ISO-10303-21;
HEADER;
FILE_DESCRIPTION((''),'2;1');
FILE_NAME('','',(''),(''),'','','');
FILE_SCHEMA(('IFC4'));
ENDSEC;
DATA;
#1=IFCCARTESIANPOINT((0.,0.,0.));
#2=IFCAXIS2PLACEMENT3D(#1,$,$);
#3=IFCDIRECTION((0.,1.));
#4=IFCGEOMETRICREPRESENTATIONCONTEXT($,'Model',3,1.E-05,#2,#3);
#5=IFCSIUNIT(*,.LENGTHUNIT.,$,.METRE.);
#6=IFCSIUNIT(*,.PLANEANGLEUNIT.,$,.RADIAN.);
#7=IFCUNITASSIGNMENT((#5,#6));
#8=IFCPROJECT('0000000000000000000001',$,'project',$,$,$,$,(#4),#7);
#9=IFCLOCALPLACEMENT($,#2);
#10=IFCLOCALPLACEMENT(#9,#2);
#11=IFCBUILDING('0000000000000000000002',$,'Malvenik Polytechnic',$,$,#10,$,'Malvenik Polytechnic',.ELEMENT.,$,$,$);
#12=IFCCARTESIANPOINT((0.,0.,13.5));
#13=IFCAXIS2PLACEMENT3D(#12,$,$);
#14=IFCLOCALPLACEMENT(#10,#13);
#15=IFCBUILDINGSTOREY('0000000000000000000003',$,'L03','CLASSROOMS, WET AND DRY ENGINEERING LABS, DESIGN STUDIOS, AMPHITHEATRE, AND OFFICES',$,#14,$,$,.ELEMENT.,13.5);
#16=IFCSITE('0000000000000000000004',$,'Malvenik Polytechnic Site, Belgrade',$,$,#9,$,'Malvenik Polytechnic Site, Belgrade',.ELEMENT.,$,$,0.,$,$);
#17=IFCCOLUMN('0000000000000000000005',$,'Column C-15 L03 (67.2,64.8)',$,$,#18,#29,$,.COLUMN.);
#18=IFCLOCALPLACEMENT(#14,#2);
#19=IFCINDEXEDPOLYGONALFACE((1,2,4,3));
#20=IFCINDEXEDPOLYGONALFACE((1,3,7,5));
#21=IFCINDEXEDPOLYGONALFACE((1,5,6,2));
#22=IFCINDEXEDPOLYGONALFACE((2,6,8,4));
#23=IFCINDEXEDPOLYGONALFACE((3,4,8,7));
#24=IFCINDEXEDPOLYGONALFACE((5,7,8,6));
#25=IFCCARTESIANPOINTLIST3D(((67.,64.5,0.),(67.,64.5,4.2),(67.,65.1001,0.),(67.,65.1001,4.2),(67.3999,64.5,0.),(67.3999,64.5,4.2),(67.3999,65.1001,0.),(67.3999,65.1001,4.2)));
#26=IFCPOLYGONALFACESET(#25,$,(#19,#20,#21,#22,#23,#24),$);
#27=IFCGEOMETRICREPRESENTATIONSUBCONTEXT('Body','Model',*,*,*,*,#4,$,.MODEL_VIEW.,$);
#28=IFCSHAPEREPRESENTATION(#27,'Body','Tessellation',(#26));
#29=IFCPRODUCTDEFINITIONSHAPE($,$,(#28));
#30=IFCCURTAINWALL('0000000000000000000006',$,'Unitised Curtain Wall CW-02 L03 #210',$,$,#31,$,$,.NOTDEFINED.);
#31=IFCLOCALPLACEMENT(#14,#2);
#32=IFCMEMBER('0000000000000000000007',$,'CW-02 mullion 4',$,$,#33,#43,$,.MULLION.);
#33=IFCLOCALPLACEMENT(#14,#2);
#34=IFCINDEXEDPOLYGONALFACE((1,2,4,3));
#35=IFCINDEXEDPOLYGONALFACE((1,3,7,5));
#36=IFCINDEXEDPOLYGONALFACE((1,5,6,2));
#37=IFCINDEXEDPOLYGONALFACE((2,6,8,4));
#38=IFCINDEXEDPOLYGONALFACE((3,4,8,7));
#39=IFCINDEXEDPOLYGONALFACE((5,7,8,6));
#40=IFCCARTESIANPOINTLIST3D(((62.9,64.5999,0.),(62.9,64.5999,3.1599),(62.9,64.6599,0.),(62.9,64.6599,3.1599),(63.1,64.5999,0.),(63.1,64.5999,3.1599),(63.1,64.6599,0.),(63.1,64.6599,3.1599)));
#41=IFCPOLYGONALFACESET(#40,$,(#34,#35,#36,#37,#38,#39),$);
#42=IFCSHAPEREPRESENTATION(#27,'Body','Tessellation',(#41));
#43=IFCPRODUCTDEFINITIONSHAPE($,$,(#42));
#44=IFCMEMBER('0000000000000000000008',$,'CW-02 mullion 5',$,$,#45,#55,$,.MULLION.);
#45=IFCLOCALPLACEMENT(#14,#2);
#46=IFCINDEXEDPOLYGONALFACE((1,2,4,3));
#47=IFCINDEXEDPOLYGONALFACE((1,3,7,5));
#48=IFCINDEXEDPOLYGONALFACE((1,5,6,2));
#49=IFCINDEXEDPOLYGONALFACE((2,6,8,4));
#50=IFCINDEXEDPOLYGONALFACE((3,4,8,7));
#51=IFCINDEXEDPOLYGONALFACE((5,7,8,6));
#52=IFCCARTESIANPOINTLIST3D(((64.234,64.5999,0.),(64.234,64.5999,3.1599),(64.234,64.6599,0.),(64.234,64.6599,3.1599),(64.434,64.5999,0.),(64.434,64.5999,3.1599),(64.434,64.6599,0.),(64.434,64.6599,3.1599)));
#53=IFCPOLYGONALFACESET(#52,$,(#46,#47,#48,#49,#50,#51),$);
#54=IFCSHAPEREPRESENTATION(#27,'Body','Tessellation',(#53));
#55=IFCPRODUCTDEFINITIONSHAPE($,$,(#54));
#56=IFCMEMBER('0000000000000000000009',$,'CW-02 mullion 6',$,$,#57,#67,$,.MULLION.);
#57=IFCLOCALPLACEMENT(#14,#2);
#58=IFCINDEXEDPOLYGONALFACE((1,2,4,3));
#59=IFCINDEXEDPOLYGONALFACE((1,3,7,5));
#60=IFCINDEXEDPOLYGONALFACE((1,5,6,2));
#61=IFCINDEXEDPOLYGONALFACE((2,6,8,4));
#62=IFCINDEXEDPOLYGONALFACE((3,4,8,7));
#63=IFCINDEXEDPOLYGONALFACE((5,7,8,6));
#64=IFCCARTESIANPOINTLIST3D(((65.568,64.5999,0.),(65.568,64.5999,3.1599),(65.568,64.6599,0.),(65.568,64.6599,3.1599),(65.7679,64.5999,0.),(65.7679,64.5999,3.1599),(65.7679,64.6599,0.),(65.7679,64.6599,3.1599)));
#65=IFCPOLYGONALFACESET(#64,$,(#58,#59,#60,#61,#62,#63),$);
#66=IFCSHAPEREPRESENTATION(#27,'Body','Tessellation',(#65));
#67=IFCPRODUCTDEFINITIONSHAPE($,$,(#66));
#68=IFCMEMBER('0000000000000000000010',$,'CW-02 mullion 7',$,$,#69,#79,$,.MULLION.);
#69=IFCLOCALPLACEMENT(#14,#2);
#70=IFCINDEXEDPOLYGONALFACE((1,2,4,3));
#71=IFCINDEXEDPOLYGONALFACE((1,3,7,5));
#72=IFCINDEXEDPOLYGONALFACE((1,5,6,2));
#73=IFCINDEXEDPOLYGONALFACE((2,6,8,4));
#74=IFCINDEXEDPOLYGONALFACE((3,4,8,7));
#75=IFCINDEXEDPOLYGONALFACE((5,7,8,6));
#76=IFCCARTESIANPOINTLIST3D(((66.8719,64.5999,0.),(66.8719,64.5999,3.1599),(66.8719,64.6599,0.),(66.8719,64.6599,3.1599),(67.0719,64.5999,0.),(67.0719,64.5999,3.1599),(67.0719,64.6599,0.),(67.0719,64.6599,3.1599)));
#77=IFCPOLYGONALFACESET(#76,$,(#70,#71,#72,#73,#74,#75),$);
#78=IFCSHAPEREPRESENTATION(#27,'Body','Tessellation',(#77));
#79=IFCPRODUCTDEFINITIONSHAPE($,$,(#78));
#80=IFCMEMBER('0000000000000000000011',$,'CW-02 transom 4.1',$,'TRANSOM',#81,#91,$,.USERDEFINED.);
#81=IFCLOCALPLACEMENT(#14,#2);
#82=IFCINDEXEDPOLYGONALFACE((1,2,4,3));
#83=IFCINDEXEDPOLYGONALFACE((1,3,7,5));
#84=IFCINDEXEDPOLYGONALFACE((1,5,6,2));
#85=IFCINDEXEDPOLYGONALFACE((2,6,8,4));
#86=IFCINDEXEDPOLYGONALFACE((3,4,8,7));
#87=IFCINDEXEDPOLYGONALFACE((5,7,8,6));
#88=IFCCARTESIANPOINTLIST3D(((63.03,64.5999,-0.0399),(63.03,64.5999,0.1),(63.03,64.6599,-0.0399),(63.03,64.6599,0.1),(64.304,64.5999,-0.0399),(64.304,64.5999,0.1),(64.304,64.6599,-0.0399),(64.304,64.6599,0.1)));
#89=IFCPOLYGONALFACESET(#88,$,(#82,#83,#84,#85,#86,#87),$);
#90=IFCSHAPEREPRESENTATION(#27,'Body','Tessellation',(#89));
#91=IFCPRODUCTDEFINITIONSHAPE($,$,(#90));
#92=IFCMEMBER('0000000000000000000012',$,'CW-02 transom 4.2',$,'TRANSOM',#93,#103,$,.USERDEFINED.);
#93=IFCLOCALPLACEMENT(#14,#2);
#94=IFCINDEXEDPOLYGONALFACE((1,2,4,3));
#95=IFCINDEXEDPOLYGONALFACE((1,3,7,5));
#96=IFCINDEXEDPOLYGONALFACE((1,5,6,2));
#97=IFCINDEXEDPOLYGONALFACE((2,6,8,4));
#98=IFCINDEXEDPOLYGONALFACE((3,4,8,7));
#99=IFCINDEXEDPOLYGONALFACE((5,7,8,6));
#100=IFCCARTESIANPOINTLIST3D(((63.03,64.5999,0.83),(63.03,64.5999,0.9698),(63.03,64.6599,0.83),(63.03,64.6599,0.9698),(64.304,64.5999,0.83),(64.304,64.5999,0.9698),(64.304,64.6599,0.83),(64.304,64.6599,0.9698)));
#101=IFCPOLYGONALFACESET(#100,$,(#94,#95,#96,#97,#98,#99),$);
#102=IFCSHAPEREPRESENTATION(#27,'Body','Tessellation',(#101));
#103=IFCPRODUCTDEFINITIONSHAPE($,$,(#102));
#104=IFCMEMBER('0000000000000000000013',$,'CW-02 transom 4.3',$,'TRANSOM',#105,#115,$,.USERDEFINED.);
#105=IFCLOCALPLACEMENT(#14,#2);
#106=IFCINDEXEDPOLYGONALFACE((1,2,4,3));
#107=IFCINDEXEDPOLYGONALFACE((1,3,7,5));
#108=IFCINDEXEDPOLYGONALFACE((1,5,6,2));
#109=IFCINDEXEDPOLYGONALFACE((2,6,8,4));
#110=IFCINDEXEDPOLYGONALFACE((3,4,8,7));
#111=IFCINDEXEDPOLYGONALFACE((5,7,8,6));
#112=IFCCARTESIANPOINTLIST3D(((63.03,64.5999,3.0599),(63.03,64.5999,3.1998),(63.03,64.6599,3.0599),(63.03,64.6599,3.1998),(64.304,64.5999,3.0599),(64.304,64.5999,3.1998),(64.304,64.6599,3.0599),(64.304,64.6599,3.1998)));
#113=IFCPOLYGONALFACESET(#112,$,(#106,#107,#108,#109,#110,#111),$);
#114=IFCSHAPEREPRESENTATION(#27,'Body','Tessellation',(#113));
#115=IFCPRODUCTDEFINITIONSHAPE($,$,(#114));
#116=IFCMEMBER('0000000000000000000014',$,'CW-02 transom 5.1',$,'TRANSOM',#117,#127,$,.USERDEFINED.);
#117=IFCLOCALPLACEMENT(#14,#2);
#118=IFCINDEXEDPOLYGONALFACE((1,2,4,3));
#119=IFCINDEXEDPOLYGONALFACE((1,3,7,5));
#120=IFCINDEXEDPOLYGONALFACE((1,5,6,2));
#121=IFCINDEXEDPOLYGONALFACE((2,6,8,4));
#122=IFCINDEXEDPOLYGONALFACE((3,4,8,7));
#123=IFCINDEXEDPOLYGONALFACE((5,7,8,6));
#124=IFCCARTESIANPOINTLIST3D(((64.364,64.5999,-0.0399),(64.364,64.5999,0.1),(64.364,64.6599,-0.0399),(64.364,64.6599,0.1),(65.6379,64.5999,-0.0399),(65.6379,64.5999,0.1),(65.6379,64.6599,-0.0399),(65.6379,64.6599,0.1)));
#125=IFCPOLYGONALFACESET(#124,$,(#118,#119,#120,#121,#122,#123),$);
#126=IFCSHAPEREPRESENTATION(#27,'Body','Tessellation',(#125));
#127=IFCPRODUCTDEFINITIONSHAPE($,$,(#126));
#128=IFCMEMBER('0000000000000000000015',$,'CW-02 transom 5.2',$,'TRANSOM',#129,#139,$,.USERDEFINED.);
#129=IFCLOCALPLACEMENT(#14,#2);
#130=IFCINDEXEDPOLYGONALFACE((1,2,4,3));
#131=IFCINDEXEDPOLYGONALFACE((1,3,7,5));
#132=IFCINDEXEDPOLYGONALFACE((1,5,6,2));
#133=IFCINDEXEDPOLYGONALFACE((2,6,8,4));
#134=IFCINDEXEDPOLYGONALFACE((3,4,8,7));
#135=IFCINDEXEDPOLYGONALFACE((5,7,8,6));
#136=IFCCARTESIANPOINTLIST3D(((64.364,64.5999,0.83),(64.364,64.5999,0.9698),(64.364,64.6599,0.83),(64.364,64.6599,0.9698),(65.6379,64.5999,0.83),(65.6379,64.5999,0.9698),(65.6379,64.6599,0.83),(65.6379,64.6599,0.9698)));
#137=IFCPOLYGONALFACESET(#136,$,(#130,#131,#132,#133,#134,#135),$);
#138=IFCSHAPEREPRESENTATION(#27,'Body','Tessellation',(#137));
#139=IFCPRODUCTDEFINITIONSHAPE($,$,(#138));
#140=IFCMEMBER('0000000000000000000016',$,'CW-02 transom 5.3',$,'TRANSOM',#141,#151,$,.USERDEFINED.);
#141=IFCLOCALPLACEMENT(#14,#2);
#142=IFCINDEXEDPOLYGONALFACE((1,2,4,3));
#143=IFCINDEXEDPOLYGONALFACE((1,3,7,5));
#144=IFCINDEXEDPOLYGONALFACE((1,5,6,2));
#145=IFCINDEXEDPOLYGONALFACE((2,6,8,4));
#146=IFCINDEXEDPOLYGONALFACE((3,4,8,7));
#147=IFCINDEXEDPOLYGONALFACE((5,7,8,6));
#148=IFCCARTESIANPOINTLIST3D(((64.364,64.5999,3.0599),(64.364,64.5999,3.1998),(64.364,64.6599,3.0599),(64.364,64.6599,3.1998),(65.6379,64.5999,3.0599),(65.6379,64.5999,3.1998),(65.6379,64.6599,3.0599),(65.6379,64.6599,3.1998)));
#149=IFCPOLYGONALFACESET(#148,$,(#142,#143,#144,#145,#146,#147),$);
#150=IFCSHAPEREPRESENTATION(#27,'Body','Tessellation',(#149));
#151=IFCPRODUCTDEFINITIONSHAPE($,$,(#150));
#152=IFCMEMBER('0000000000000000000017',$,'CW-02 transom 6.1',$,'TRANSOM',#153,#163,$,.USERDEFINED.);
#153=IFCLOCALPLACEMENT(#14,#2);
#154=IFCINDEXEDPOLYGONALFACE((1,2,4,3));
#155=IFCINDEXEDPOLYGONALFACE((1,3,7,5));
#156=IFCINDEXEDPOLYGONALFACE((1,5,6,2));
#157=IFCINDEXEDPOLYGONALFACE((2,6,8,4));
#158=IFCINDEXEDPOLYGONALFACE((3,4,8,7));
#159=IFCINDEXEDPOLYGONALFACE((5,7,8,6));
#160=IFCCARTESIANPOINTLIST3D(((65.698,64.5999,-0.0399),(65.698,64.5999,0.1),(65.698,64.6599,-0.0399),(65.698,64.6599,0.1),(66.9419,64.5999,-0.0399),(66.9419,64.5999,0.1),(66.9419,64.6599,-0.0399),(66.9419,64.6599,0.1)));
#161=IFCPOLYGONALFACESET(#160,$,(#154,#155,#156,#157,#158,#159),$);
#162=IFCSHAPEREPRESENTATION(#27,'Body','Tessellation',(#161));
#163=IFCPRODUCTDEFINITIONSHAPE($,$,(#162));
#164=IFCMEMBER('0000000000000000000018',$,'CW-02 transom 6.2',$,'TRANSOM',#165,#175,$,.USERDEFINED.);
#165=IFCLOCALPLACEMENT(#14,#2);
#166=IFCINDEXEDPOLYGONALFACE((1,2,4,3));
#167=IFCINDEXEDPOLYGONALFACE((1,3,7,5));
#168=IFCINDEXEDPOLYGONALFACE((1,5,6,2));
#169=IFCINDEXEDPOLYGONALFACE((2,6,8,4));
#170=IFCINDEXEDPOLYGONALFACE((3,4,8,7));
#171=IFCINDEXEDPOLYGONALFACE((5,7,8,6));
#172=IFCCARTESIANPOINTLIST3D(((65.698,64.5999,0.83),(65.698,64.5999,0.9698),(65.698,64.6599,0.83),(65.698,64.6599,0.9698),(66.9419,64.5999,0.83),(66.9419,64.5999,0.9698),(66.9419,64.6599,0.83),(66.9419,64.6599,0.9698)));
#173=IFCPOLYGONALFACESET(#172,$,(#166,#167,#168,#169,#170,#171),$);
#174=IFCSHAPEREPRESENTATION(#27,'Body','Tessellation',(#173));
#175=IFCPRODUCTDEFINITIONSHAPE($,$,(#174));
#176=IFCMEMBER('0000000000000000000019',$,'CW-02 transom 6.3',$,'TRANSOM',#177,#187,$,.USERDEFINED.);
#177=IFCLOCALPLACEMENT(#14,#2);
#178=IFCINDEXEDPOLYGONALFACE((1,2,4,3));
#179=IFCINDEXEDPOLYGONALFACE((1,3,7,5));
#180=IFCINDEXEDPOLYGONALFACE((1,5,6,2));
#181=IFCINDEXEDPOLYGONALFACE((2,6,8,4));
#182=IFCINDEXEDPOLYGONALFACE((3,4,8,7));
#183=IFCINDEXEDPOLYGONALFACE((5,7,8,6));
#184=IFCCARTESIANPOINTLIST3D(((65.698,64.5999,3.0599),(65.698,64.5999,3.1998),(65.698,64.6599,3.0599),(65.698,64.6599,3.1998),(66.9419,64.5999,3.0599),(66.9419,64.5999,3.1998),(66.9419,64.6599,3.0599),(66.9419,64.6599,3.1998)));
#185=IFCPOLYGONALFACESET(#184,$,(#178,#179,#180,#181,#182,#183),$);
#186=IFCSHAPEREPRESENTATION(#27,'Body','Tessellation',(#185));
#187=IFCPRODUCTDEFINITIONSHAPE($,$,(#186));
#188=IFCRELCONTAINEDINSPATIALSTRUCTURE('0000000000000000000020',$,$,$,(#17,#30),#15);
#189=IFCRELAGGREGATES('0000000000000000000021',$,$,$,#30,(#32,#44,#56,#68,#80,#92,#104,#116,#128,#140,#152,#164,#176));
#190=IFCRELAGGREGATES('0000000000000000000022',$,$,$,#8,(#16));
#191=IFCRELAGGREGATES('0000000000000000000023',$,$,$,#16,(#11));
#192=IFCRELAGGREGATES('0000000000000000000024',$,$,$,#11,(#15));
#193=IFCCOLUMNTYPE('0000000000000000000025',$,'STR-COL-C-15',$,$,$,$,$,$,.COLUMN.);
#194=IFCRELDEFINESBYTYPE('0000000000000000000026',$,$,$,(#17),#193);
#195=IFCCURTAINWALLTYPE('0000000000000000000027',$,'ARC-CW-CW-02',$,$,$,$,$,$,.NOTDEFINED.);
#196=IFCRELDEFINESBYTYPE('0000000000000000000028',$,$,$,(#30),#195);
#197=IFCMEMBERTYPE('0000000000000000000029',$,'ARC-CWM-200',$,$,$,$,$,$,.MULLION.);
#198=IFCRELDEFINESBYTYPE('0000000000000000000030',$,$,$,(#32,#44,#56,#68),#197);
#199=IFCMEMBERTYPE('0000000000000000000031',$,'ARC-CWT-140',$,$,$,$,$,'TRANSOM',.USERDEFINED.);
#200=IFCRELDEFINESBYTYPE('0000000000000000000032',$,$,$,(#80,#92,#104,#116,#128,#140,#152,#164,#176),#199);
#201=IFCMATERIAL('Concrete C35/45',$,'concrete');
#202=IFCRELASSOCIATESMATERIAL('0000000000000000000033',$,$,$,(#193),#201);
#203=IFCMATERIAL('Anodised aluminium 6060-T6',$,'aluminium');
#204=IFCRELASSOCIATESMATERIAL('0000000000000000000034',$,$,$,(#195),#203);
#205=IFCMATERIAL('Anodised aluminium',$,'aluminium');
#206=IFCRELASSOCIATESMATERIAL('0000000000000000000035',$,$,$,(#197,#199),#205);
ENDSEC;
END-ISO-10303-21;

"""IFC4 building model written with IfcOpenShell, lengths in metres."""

from ifc_helpers import new_model, si_unit, direction, frame, origin, origin_2d, place, context, subcontext, project, spatial, rectangle, extrude, material, material_profile, profile_set, type_object, element, aggregate, save


model = new_model("IFC4")

# Units and contexts
model_context = context("Model", 3, precision=1e-05, world=origin(), true_north=direction((0.0, 1.0)))
body_context = subcontext(model_context, "Body", "Model", "MODEL_VIEW")
ifc_project = project(units=[si_unit("LENGTHUNIT", "METRE"), si_unit("PLANEANGLEUNIT", "RADIAN")], contexts=[model_context])

# Site, building, storey
site_placement = place(None, origin())
site = spatial("IfcSite", under=ifc_project, at=site_placement, Name="Malvenik Polytechnic Site, Belgrade", LongName="Malvenik Polytechnic Site, Belgrade", CompositionType="ELEMENT", RefElevation=0.0)
building_placement = place(site_placement, origin())
building = spatial("IfcBuilding", under=site, at=building_placement, Name="Malvenik Polytechnic", LongName="Malvenik Polytechnic", CompositionType="ELEMENT")
storey_placement = place(building_placement, frame((0.0, 0.0, 13.5)))
storey = spatial("IfcBuildingStorey", under=building, at=storey_placement, Name="L03", Description="CLASSROOMS, WET AND DRY ENGINEERING LABS, DESIGN STUDIOS, AMPHITHEATRE, AND OFFICES", CompositionType="ELEMENT", Elevation=13.5)

# Column
ifc_material_1 = material(Name="Concrete C35/45", Category="concrete")
ifc_material_profile_1 = material_profile(ifc_material_1, rectangle(XDim=0.3999, YDim=0.6001, at=origin_2d()), Name="RC COL 600x400")
ifc_profile_set_1 = profile_set([ifc_material_profile_1], Name="Concrete C35/45")
column_type = type_object("IfcColumnType", Name="STR-COL-C-15", PredefinedType="COLUMN", material=ifc_profile_set_1)
column_placement = place(storey_placement, frame((67.2, 64.8, 0.0), z_axis=(0.0, 0.0, 1.0), x_axis=(1.0, 0.0, 0.0)))
element("IfcColumn", 1, at=column_placement, inside=storey, type_object=column_type, Name="Column C-15 L03 (67.2,64.8)", PredefinedType="COLUMN", context=body_context, shape_type="SweptSolid", body=[
    extrude(rectangle(XDim=0.3999, YDim=0.6001, at=origin_2d()), origin(), (0.0, 0.0, 1.0), 4.2),
])

# Curtain wall, members
ifc_material_2 = material(Name="Anodised aluminium 6060-T6", Category="aluminium")
curtain_wall_type = type_object("IfcCurtainWallType", Name="ARC-CW-CW-02", PredefinedType="NOTDEFINED", material=ifc_material_2)
curtain_wall_placement = place(storey_placement, origin())
curtain_wall = element("IfcCurtainWall", 2, at=curtain_wall_placement, inside=storey, type_object=curtain_wall_type, Name="Unitised Curtain Wall CW-02 L03 #210", PredefinedType="NOTDEFINED")
ifc_material_3 = material(Name="Anodised aluminium", Category="aluminium")
ifc_material_profile_2 = material_profile(ifc_material_3, rectangle(XDim=0.0601, YDim=0.2, at=origin_2d()), Name="ALU MULLION 60x200")
ifc_profile_set_2 = profile_set([ifc_material_profile_2], Name="Anodised aluminium")
member_type_1 = type_object("IfcMemberType", Name="ARC-CWM-200", PredefinedType="MULLION", material=ifc_profile_set_2)
member_1_placement = place(storey_placement, frame((63.0, 64.6299, 0.0), z_axis=(0.0, 0.0, 1.0), x_axis=(0.0, 1.0, 0.0)))
member_1 = element("IfcMember", 3, at=member_1_placement, type_object=member_type_1, Name="CW-02 mullion 4", PredefinedType="MULLION", context=body_context, shape_type="SweptSolid", body=[
    extrude(rectangle(XDim=0.0601, YDim=0.2, at=origin_2d()), origin(), (0.0, 0.0, 1.0), 3.1599),
])
member_2_placement = place(storey_placement, frame((64.334, 64.6299, 0.0), z_axis=(0.0, 0.0, 1.0), x_axis=(0.0, 1.0, 0.0)))
member_2 = element("IfcMember", 4, at=member_2_placement, type_object=member_type_1, Name="CW-02 mullion 5", PredefinedType="MULLION", context=body_context, shape_type="SweptSolid", body=[
    extrude(rectangle(XDim=0.0601, YDim=0.2, at=origin_2d()), origin(), (0.0, 0.0, 1.0), 3.1599),
])
member_3_placement = place(storey_placement, frame((65.668, 64.6299, 0.0), z_axis=(0.0, 0.0, 1.0), x_axis=(0.0, 1.0, 0.0)))
member_3 = element("IfcMember", 5, at=member_3_placement, type_object=member_type_1, Name="CW-02 mullion 6", PredefinedType="MULLION", context=body_context, shape_type="SweptSolid", body=[
    extrude(rectangle(XDim=0.0601, YDim=0.2, at=origin_2d()), origin(), (0.0, 0.0, 1.0), 3.1599),
])
member_4_placement = place(storey_placement, frame((66.9719, 64.6299, 0.0), z_axis=(0.0, 0.0, 1.0), x_axis=(0.0, 1.0, 0.0)))
member_4 = element("IfcMember", 6, at=member_4_placement, type_object=member_type_1, Name="CW-02 mullion 7", PredefinedType="MULLION", context=body_context, shape_type="SweptSolid", body=[
    extrude(rectangle(XDim=0.0601, YDim=0.2, at=origin_2d()), origin(), (0.0, 0.0, 1.0), 3.1599),
])
ifc_material_profile_3 = material_profile(ifc_material_3, rectangle(XDim=0.0601, YDim=0.1399, at=origin_2d()), Name="ALU TRANSOM 60x140")
ifc_profile_set_3 = profile_set([ifc_material_profile_3], Name="Anodised aluminium")
member_type_2 = type_object("IfcMemberType", Name="ARC-CWT-140", ElementType="TRANSOM", PredefinedType="USERDEFINED", material=ifc_profile_set_3)
member_5_placement = place(storey_placement, frame((63.03, 64.6299, 0.03), z_axis=(1.0, 0.0, 0.0), x_axis=(0.0, 1.0, 0.0)))
member_5 = element("IfcMember", 7, at=member_5_placement, type_object=member_type_2, Name="CW-02 transom 4.1", ObjectType="TRANSOM", PredefinedType="USERDEFINED", context=body_context, shape_type="SweptSolid", body=[
    extrude(rectangle(XDim=0.0601, YDim=0.1399, at=origin_2d()), origin(), (0.0, 0.0, 1.0), 1.2739),
])
member_6_placement = place(storey_placement, frame((63.03, 64.6299, 0.8999), z_axis=(1.0, 0.0, 0.0), x_axis=(0.0, 1.0, 0.0)))
member_6 = element("IfcMember", 8, at=member_6_placement, type_object=member_type_2, Name="CW-02 transom 4.2", ObjectType="TRANSOM", PredefinedType="USERDEFINED", context=body_context, shape_type="SweptSolid", body=[
    extrude(rectangle(XDim=0.0601, YDim=0.1399, at=origin_2d()), origin(), (0.0, 0.0, 1.0), 1.2739),
])
member_7_placement = place(storey_placement, frame((63.03, 64.6299, 3.1299), z_axis=(1.0, 0.0, 0.0), x_axis=(0.0, 1.0, 0.0)))
member_7 = element("IfcMember", 9, at=member_7_placement, type_object=member_type_2, Name="CW-02 transom 4.3", ObjectType="TRANSOM", PredefinedType="USERDEFINED", context=body_context, shape_type="SweptSolid", body=[
    extrude(rectangle(XDim=0.0601, YDim=0.1399, at=origin_2d()), origin(), (0.0, 0.0, 1.0), 1.2739),
])
member_8_placement = place(storey_placement, frame((64.364, 64.6299, 0.03), z_axis=(1.0, 0.0, 0.0), x_axis=(0.0, 1.0, 0.0)))
member_8 = element("IfcMember", 10, at=member_8_placement, type_object=member_type_2, Name="CW-02 transom 5.1", ObjectType="TRANSOM", PredefinedType="USERDEFINED", context=body_context, shape_type="SweptSolid", body=[
    extrude(rectangle(XDim=0.0601, YDim=0.1399, at=origin_2d()), origin(), (0.0, 0.0, 1.0), 1.2739),
])
member_9_placement = place(storey_placement, frame((64.364, 64.6299, 0.8999), z_axis=(1.0, 0.0, 0.0), x_axis=(0.0, 1.0, 0.0)))
member_9 = element("IfcMember", 11, at=member_9_placement, type_object=member_type_2, Name="CW-02 transom 5.2", ObjectType="TRANSOM", PredefinedType="USERDEFINED", context=body_context, shape_type="SweptSolid", body=[
    extrude(rectangle(XDim=0.0601, YDim=0.1399, at=origin_2d()), origin(), (0.0, 0.0, 1.0), 1.2739),
])
member_10_placement = place(storey_placement, frame((64.364, 64.6299, 3.1299), z_axis=(1.0, 0.0, 0.0), x_axis=(0.0, 1.0, 0.0)))
member_10 = element("IfcMember", 12, at=member_10_placement, type_object=member_type_2, Name="CW-02 transom 5.3", ObjectType="TRANSOM", PredefinedType="USERDEFINED", context=body_context, shape_type="SweptSolid", body=[
    extrude(rectangle(XDim=0.0601, YDim=0.1399, at=origin_2d()), origin(), (0.0, 0.0, 1.0), 1.2739),
])
member_11_placement = place(storey_placement, frame((65.698, 64.6299, 0.03), z_axis=(1.0, 0.0, 0.0), x_axis=(0.0, 1.0, 0.0)))
member_11 = element("IfcMember", 13, at=member_11_placement, type_object=member_type_2, Name="CW-02 transom 6.1", ObjectType="TRANSOM", PredefinedType="USERDEFINED", context=body_context, shape_type="SweptSolid", body=[
    extrude(rectangle(XDim=0.0601, YDim=0.1399, at=origin_2d()), origin(), (0.0, 0.0, 1.0), 1.2439),
])
member_12_placement = place(storey_placement, frame((65.698, 64.6299, 0.8999), z_axis=(1.0, 0.0, 0.0), x_axis=(0.0, 1.0, 0.0)))
member_12 = element("IfcMember", 14, at=member_12_placement, type_object=member_type_2, Name="CW-02 transom 6.2", ObjectType="TRANSOM", PredefinedType="USERDEFINED", context=body_context, shape_type="SweptSolid", body=[
    extrude(rectangle(XDim=0.0601, YDim=0.1399, at=origin_2d()), origin(), (0.0, 0.0, 1.0), 1.2439),
])
member_13_placement = place(storey_placement, frame((65.698, 64.6299, 3.1299), z_axis=(1.0, 0.0, 0.0), x_axis=(0.0, 1.0, 0.0)))
member_13 = element("IfcMember", 15, at=member_13_placement, type_object=member_type_2, Name="CW-02 transom 6.3", ObjectType="TRANSOM", PredefinedType="USERDEFINED", context=body_context, shape_type="SweptSolid", body=[
    extrude(rectangle(XDim=0.0601, YDim=0.1399, at=origin_2d()), origin(), (0.0, 0.0, 1.0), 1.2439),
])

aggregate(curtain_wall, [member_1, member_2, member_3, member_4, member_5, member_6, member_7, member_8, member_9, member_10, member_11, member_12, member_13])

save(model, "model.ifc")
